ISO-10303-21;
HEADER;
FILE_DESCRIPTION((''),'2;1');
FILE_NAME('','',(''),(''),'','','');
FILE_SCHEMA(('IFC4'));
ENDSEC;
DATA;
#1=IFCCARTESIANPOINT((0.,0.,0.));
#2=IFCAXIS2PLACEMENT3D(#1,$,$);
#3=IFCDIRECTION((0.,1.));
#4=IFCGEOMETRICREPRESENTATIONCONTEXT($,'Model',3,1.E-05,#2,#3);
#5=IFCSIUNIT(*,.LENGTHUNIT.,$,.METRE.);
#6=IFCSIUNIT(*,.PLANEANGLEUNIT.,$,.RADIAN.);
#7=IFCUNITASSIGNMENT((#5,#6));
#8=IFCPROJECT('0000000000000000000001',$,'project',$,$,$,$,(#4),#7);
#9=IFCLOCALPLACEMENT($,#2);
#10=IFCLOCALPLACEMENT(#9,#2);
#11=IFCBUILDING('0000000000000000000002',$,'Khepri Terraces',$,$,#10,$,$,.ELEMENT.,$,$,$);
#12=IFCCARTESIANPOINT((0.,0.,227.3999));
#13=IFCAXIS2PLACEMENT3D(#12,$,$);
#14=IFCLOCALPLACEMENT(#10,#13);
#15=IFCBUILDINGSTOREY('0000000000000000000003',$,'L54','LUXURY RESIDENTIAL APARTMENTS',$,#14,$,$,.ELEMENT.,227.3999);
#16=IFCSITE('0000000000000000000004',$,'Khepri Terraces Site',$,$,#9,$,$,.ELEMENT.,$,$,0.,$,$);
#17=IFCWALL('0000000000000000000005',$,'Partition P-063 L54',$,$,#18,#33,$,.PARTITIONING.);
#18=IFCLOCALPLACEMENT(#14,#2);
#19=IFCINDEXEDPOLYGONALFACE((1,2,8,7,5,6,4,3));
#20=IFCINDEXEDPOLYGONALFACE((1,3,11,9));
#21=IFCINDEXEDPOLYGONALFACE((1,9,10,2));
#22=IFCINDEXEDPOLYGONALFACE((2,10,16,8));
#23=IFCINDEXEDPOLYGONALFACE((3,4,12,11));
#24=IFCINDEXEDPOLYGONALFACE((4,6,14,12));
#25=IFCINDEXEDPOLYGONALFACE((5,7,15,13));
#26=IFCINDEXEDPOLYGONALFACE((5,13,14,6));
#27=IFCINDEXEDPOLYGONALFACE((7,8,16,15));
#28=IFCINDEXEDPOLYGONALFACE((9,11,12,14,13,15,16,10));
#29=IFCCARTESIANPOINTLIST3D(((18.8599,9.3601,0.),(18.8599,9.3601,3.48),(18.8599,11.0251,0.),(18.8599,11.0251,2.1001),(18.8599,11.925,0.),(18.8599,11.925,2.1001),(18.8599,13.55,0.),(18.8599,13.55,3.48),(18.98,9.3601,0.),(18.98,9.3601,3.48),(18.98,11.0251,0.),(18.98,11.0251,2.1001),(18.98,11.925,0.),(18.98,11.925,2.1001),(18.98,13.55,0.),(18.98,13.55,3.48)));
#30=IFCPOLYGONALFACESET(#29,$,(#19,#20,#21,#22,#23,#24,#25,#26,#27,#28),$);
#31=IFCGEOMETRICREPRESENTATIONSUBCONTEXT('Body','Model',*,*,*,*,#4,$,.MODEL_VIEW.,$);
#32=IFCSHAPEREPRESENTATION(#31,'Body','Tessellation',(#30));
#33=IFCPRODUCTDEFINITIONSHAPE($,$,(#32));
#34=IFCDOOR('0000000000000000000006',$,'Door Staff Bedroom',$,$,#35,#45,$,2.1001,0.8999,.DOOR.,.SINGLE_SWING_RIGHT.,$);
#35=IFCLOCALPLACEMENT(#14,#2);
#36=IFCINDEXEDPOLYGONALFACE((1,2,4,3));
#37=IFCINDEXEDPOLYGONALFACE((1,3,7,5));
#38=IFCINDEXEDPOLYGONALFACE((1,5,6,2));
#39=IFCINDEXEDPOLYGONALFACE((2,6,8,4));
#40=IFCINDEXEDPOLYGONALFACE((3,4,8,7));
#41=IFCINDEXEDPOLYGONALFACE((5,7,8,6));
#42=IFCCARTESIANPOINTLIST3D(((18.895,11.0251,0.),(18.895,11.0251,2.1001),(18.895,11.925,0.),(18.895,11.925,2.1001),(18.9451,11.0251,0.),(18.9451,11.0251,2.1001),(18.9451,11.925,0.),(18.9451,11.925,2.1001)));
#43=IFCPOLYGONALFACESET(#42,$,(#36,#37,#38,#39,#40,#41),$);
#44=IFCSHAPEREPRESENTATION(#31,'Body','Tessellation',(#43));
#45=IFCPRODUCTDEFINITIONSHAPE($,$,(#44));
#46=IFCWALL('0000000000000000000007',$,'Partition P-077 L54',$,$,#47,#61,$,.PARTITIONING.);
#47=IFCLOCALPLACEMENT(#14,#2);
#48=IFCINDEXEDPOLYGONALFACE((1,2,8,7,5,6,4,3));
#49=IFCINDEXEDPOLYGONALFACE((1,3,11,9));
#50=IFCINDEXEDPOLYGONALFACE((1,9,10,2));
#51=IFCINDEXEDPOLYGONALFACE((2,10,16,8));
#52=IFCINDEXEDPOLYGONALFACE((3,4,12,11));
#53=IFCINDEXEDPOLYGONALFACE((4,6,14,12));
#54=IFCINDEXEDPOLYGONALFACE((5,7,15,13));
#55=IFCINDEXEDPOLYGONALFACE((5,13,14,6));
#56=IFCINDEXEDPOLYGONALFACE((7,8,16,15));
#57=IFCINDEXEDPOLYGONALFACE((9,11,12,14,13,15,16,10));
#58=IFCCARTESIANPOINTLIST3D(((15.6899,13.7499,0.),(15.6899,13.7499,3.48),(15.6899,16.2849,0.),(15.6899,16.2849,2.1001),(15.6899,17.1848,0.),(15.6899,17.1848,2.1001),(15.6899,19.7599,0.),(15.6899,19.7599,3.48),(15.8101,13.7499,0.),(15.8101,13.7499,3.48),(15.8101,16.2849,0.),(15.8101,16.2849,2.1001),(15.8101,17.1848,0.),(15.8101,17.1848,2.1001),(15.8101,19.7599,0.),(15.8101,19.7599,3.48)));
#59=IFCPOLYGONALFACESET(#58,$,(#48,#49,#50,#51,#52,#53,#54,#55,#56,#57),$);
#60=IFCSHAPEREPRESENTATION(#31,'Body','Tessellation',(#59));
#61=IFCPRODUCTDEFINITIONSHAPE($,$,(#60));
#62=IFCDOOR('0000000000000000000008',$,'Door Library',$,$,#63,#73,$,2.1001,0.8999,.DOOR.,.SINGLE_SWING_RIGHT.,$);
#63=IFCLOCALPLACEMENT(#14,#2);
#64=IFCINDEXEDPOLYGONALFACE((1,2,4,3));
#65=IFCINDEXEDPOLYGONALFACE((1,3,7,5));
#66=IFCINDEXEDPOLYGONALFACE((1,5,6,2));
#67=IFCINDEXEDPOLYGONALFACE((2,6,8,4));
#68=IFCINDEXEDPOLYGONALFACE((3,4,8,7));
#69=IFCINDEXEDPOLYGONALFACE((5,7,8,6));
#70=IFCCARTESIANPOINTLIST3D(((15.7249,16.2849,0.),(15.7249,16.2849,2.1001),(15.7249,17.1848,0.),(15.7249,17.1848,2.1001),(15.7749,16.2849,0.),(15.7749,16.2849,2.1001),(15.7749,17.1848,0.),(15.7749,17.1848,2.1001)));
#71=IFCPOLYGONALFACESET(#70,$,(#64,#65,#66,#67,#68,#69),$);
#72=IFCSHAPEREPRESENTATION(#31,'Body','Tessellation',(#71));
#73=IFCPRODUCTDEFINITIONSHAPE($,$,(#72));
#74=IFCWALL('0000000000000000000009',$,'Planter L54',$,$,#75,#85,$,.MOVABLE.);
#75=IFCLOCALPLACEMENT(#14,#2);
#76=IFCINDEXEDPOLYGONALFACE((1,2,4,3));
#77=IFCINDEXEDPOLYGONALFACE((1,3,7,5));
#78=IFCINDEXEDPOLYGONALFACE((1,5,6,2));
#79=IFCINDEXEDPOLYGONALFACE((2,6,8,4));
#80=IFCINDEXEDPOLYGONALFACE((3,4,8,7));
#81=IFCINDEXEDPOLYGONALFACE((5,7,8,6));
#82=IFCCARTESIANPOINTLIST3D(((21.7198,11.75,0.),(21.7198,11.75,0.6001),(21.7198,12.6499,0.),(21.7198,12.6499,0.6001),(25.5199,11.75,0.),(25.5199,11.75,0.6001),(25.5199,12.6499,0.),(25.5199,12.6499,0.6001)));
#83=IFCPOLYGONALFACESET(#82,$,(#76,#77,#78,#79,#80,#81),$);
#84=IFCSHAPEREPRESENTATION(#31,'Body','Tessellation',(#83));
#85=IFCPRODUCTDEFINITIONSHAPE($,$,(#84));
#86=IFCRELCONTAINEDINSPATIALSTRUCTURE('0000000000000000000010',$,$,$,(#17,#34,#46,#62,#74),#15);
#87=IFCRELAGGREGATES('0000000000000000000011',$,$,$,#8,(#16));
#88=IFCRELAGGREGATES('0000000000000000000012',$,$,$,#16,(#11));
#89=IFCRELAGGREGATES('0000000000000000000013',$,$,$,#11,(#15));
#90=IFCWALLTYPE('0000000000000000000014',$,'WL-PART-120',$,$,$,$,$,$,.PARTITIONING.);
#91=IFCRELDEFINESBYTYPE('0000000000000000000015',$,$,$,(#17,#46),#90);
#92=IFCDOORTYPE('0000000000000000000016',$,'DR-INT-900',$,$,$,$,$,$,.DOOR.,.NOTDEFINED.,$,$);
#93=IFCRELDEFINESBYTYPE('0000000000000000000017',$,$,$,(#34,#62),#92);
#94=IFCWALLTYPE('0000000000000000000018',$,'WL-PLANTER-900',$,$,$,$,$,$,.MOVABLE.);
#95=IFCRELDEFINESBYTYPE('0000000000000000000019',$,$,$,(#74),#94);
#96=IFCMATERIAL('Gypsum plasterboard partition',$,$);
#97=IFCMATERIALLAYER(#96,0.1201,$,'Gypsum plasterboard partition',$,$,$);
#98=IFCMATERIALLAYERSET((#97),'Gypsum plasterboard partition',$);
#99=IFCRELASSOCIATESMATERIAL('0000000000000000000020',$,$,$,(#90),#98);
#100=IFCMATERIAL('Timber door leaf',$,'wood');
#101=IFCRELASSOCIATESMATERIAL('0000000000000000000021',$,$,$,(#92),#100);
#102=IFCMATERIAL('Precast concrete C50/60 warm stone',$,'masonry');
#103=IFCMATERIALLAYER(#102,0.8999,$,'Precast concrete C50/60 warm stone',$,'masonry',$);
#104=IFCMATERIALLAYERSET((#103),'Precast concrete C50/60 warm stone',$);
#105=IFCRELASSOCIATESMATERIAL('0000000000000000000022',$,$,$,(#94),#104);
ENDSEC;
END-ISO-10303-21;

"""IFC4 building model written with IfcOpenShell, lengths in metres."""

from ifc_helpers import new_model, si_unit, direction, frame, frame_2d, origin, place, context, subcontext, project, spatial, rectangle, extrude, material, layer, layer_set, type_object, element, fill, save


model = new_model("IFC4")

# Units and contexts
model_context = context("Model", 3, precision=1e-05, world=origin(), true_north=direction((0.0, 1.0)))
body_context = subcontext(model_context, "Body", "Model", "MODEL_VIEW")
ifc_project = project(units=[si_unit("LENGTHUNIT", "METRE"), si_unit("PLANEANGLEUNIT", "RADIAN")], contexts=[model_context])

# Site, building, storey
site_placement = place(None, origin())
site = spatial("IfcSite", under=ifc_project, at=site_placement, Name="Khepri Terraces Site", CompositionType="ELEMENT", RefElevation=0.0)
building_placement = place(site_placement, origin())
building = spatial("IfcBuilding", under=site, at=building_placement, Name="Khepri Terraces", CompositionType="ELEMENT")
storey_placement = place(building_placement, frame((0.0, 0.0, 227.3999)))
storey = spatial("IfcBuildingStorey", under=building, at=storey_placement, Name="L54", Description="LUXURY RESIDENTIAL APARTMENTS", CompositionType="ELEMENT", Elevation=227.3999)

# Shared definitions
ifc_material_1 = material(Name="Gypsum plasterboard partition")
ifc_layer_1 = layer(ifc_material_1, 0.1201, Name="Gypsum plasterboard partition")
ifc_layer_set_1 = layer_set([ifc_layer_1], Name="Gypsum plasterboard partition")
wall_type_1 = type_object("IfcWallType", Name="WL-PART-120", PredefinedType="PARTITIONING", material=ifc_layer_set_1)

# Shared definitions
ifc_material_2 = material(Name="Timber door leaf", Category="wood")
door_type_1 = type_object("IfcDoorType", Name="DR-INT-900", OperationType="NOTDEFINED", PredefinedType="DOOR", material=ifc_material_2)

# Walls, openings, doors
wall_1_placement = place(storey_placement, frame((18.9199, 9.3601, 0.0), z_axis=(0.0, 0.0, 1.0), x_axis=(0.0, 1.0, 0.0)))
wall_1 = element("IfcWall", 1, at=wall_1_placement, inside=storey, type_object=wall_type_1, Name="Partition P-063 L54", PredefinedType="PARTITIONING", context=body_context, shape_type="SweptSolid", body=[
    extrude(rectangle(XDim=4.1899, YDim=0.1201, at=frame_2d((2.095, 0.0))), origin(), (0.0, 0.0, 1.0), 3.48),
])
opening_1_placement = place(wall_1_placement, frame((1.665, 0.0, 0.0)))
opening_1 = element("IfcOpeningElement", 2, at=opening_1_placement, cuts=wall_1, PredefinedType="OPENING", context=body_context, shape_type="SweptSolid", body=[
    extrude(rectangle(XDim=0.8999, YDim=2.1001, at=frame_2d((0.45, 1.05))), frame((0.0, 0.0701, 0.0), z_axis=(0.0, -1.0, 0.0), x_axis=(1.0, 0.0, 0.0)), (0.0, 0.0, 1.0), 0.1401),
])
door_1_placement = place(opening_1_placement, origin())
door_1 = element("IfcDoor", 3, at=door_1_placement, inside=storey, type_object=door_type_1, Name="Door Staff Bedroom", OperationType="SINGLE_SWING_RIGHT", OverallHeight=2.1001, OverallWidth=0.8999, PredefinedType="DOOR", context=body_context, shape_type="SweptSolid", body=[
    extrude(rectangle(XDim=0.8999, YDim=2.1001, at=frame_2d((0.45, 1.05))), frame((0.0, 0.0249, 0.0), z_axis=(0.0, -1.0, 0.0), x_axis=(1.0, 0.0, 0.0)), (0.0, 0.0, 1.0), 0.05),
])
fill(opening_1, door_1)
wall_2_placement = place(storey_placement, frame((15.75, 13.75, 0.0), z_axis=(0.0, 0.0, 1.0), x_axis=(0.0, 1.0, 0.0)))
wall_2 = element("IfcWall", 4, at=wall_2_placement, inside=storey, type_object=wall_type_1, Name="Partition P-077 L54", PredefinedType="PARTITIONING", context=body_context, shape_type="SweptSolid", body=[
    extrude(rectangle(XDim=6.01, YDim=0.1201, at=frame_2d((3.0049, 0.0))), origin(), (0.0, 0.0, 1.0), 3.48),
])
opening_2_placement = place(wall_2_placement, frame((2.5349, 0.0, 0.0)))
opening_2 = element("IfcOpeningElement", 5, at=opening_2_placement, cuts=wall_2, PredefinedType="OPENING", context=body_context, shape_type="SweptSolid", body=[
    extrude(rectangle(XDim=0.8999, YDim=2.1001, at=frame_2d((0.45, 1.05))), frame((0.0, 0.0701, 0.0), z_axis=(0.0, -1.0, 0.0), x_axis=(1.0, 0.0, 0.0)), (0.0, 0.0, 1.0), 0.1401),
])
door_2_placement = place(opening_2_placement, frame((0.8999, 0.0, 0.0), z_axis=(0.0, 0.0, 1.0), x_axis=(-1.0, 0.0, 0.0)))
door_2 = element("IfcDoor", 6, at=door_2_placement, inside=storey, type_object=door_type_1, Name="Door Library", OperationType="SINGLE_SWING_RIGHT", OverallHeight=2.1001, OverallWidth=0.8999, PredefinedType="DOOR", context=body_context, shape_type="SweptSolid", body=[
    extrude(rectangle(XDim=0.8999, YDim=2.1001, at=frame_2d((0.45, 1.05))), frame((0.0, 0.0249, 0.0), z_axis=(0.0, -1.0, 0.0), x_axis=(1.0, 0.0, 0.0)), (0.0, 0.0, 1.0), 0.05),
])
fill(opening_2, door_2)

# Wall
ifc_material_3 = material(Name="Precast concrete C50/60 warm stone", Category="masonry")
ifc_layer_2 = layer(ifc_material_3, 0.8999, Name="Precast concrete C50/60 warm stone", Category="masonry")
ifc_layer_set_2 = layer_set([ifc_layer_2], Name="Precast concrete C50/60 warm stone")
wall_type_2 = type_object("IfcWallType", Name="WL-PLANTER-900", PredefinedType="MOVABLE", material=ifc_layer_set_2)
wall_3_placement = place(storey_placement, frame((21.72, 12.2, 0.0), z_axis=(0.0, 0.0, 1.0), x_axis=(1.0, 0.0, 0.0)))
element("IfcWall", 7, at=wall_3_placement, inside=storey, type_object=wall_type_2, Name="Planter L54", PredefinedType="MOVABLE", context=body_context, shape_type="SweptSolid", body=[
    extrude(rectangle(XDim=3.8, YDim=0.8999, at=frame_2d((1.8999, 0.0))), origin(), (0.0, 0.0, 1.0), 0.6001),
])

save(model, "model.ifc")
